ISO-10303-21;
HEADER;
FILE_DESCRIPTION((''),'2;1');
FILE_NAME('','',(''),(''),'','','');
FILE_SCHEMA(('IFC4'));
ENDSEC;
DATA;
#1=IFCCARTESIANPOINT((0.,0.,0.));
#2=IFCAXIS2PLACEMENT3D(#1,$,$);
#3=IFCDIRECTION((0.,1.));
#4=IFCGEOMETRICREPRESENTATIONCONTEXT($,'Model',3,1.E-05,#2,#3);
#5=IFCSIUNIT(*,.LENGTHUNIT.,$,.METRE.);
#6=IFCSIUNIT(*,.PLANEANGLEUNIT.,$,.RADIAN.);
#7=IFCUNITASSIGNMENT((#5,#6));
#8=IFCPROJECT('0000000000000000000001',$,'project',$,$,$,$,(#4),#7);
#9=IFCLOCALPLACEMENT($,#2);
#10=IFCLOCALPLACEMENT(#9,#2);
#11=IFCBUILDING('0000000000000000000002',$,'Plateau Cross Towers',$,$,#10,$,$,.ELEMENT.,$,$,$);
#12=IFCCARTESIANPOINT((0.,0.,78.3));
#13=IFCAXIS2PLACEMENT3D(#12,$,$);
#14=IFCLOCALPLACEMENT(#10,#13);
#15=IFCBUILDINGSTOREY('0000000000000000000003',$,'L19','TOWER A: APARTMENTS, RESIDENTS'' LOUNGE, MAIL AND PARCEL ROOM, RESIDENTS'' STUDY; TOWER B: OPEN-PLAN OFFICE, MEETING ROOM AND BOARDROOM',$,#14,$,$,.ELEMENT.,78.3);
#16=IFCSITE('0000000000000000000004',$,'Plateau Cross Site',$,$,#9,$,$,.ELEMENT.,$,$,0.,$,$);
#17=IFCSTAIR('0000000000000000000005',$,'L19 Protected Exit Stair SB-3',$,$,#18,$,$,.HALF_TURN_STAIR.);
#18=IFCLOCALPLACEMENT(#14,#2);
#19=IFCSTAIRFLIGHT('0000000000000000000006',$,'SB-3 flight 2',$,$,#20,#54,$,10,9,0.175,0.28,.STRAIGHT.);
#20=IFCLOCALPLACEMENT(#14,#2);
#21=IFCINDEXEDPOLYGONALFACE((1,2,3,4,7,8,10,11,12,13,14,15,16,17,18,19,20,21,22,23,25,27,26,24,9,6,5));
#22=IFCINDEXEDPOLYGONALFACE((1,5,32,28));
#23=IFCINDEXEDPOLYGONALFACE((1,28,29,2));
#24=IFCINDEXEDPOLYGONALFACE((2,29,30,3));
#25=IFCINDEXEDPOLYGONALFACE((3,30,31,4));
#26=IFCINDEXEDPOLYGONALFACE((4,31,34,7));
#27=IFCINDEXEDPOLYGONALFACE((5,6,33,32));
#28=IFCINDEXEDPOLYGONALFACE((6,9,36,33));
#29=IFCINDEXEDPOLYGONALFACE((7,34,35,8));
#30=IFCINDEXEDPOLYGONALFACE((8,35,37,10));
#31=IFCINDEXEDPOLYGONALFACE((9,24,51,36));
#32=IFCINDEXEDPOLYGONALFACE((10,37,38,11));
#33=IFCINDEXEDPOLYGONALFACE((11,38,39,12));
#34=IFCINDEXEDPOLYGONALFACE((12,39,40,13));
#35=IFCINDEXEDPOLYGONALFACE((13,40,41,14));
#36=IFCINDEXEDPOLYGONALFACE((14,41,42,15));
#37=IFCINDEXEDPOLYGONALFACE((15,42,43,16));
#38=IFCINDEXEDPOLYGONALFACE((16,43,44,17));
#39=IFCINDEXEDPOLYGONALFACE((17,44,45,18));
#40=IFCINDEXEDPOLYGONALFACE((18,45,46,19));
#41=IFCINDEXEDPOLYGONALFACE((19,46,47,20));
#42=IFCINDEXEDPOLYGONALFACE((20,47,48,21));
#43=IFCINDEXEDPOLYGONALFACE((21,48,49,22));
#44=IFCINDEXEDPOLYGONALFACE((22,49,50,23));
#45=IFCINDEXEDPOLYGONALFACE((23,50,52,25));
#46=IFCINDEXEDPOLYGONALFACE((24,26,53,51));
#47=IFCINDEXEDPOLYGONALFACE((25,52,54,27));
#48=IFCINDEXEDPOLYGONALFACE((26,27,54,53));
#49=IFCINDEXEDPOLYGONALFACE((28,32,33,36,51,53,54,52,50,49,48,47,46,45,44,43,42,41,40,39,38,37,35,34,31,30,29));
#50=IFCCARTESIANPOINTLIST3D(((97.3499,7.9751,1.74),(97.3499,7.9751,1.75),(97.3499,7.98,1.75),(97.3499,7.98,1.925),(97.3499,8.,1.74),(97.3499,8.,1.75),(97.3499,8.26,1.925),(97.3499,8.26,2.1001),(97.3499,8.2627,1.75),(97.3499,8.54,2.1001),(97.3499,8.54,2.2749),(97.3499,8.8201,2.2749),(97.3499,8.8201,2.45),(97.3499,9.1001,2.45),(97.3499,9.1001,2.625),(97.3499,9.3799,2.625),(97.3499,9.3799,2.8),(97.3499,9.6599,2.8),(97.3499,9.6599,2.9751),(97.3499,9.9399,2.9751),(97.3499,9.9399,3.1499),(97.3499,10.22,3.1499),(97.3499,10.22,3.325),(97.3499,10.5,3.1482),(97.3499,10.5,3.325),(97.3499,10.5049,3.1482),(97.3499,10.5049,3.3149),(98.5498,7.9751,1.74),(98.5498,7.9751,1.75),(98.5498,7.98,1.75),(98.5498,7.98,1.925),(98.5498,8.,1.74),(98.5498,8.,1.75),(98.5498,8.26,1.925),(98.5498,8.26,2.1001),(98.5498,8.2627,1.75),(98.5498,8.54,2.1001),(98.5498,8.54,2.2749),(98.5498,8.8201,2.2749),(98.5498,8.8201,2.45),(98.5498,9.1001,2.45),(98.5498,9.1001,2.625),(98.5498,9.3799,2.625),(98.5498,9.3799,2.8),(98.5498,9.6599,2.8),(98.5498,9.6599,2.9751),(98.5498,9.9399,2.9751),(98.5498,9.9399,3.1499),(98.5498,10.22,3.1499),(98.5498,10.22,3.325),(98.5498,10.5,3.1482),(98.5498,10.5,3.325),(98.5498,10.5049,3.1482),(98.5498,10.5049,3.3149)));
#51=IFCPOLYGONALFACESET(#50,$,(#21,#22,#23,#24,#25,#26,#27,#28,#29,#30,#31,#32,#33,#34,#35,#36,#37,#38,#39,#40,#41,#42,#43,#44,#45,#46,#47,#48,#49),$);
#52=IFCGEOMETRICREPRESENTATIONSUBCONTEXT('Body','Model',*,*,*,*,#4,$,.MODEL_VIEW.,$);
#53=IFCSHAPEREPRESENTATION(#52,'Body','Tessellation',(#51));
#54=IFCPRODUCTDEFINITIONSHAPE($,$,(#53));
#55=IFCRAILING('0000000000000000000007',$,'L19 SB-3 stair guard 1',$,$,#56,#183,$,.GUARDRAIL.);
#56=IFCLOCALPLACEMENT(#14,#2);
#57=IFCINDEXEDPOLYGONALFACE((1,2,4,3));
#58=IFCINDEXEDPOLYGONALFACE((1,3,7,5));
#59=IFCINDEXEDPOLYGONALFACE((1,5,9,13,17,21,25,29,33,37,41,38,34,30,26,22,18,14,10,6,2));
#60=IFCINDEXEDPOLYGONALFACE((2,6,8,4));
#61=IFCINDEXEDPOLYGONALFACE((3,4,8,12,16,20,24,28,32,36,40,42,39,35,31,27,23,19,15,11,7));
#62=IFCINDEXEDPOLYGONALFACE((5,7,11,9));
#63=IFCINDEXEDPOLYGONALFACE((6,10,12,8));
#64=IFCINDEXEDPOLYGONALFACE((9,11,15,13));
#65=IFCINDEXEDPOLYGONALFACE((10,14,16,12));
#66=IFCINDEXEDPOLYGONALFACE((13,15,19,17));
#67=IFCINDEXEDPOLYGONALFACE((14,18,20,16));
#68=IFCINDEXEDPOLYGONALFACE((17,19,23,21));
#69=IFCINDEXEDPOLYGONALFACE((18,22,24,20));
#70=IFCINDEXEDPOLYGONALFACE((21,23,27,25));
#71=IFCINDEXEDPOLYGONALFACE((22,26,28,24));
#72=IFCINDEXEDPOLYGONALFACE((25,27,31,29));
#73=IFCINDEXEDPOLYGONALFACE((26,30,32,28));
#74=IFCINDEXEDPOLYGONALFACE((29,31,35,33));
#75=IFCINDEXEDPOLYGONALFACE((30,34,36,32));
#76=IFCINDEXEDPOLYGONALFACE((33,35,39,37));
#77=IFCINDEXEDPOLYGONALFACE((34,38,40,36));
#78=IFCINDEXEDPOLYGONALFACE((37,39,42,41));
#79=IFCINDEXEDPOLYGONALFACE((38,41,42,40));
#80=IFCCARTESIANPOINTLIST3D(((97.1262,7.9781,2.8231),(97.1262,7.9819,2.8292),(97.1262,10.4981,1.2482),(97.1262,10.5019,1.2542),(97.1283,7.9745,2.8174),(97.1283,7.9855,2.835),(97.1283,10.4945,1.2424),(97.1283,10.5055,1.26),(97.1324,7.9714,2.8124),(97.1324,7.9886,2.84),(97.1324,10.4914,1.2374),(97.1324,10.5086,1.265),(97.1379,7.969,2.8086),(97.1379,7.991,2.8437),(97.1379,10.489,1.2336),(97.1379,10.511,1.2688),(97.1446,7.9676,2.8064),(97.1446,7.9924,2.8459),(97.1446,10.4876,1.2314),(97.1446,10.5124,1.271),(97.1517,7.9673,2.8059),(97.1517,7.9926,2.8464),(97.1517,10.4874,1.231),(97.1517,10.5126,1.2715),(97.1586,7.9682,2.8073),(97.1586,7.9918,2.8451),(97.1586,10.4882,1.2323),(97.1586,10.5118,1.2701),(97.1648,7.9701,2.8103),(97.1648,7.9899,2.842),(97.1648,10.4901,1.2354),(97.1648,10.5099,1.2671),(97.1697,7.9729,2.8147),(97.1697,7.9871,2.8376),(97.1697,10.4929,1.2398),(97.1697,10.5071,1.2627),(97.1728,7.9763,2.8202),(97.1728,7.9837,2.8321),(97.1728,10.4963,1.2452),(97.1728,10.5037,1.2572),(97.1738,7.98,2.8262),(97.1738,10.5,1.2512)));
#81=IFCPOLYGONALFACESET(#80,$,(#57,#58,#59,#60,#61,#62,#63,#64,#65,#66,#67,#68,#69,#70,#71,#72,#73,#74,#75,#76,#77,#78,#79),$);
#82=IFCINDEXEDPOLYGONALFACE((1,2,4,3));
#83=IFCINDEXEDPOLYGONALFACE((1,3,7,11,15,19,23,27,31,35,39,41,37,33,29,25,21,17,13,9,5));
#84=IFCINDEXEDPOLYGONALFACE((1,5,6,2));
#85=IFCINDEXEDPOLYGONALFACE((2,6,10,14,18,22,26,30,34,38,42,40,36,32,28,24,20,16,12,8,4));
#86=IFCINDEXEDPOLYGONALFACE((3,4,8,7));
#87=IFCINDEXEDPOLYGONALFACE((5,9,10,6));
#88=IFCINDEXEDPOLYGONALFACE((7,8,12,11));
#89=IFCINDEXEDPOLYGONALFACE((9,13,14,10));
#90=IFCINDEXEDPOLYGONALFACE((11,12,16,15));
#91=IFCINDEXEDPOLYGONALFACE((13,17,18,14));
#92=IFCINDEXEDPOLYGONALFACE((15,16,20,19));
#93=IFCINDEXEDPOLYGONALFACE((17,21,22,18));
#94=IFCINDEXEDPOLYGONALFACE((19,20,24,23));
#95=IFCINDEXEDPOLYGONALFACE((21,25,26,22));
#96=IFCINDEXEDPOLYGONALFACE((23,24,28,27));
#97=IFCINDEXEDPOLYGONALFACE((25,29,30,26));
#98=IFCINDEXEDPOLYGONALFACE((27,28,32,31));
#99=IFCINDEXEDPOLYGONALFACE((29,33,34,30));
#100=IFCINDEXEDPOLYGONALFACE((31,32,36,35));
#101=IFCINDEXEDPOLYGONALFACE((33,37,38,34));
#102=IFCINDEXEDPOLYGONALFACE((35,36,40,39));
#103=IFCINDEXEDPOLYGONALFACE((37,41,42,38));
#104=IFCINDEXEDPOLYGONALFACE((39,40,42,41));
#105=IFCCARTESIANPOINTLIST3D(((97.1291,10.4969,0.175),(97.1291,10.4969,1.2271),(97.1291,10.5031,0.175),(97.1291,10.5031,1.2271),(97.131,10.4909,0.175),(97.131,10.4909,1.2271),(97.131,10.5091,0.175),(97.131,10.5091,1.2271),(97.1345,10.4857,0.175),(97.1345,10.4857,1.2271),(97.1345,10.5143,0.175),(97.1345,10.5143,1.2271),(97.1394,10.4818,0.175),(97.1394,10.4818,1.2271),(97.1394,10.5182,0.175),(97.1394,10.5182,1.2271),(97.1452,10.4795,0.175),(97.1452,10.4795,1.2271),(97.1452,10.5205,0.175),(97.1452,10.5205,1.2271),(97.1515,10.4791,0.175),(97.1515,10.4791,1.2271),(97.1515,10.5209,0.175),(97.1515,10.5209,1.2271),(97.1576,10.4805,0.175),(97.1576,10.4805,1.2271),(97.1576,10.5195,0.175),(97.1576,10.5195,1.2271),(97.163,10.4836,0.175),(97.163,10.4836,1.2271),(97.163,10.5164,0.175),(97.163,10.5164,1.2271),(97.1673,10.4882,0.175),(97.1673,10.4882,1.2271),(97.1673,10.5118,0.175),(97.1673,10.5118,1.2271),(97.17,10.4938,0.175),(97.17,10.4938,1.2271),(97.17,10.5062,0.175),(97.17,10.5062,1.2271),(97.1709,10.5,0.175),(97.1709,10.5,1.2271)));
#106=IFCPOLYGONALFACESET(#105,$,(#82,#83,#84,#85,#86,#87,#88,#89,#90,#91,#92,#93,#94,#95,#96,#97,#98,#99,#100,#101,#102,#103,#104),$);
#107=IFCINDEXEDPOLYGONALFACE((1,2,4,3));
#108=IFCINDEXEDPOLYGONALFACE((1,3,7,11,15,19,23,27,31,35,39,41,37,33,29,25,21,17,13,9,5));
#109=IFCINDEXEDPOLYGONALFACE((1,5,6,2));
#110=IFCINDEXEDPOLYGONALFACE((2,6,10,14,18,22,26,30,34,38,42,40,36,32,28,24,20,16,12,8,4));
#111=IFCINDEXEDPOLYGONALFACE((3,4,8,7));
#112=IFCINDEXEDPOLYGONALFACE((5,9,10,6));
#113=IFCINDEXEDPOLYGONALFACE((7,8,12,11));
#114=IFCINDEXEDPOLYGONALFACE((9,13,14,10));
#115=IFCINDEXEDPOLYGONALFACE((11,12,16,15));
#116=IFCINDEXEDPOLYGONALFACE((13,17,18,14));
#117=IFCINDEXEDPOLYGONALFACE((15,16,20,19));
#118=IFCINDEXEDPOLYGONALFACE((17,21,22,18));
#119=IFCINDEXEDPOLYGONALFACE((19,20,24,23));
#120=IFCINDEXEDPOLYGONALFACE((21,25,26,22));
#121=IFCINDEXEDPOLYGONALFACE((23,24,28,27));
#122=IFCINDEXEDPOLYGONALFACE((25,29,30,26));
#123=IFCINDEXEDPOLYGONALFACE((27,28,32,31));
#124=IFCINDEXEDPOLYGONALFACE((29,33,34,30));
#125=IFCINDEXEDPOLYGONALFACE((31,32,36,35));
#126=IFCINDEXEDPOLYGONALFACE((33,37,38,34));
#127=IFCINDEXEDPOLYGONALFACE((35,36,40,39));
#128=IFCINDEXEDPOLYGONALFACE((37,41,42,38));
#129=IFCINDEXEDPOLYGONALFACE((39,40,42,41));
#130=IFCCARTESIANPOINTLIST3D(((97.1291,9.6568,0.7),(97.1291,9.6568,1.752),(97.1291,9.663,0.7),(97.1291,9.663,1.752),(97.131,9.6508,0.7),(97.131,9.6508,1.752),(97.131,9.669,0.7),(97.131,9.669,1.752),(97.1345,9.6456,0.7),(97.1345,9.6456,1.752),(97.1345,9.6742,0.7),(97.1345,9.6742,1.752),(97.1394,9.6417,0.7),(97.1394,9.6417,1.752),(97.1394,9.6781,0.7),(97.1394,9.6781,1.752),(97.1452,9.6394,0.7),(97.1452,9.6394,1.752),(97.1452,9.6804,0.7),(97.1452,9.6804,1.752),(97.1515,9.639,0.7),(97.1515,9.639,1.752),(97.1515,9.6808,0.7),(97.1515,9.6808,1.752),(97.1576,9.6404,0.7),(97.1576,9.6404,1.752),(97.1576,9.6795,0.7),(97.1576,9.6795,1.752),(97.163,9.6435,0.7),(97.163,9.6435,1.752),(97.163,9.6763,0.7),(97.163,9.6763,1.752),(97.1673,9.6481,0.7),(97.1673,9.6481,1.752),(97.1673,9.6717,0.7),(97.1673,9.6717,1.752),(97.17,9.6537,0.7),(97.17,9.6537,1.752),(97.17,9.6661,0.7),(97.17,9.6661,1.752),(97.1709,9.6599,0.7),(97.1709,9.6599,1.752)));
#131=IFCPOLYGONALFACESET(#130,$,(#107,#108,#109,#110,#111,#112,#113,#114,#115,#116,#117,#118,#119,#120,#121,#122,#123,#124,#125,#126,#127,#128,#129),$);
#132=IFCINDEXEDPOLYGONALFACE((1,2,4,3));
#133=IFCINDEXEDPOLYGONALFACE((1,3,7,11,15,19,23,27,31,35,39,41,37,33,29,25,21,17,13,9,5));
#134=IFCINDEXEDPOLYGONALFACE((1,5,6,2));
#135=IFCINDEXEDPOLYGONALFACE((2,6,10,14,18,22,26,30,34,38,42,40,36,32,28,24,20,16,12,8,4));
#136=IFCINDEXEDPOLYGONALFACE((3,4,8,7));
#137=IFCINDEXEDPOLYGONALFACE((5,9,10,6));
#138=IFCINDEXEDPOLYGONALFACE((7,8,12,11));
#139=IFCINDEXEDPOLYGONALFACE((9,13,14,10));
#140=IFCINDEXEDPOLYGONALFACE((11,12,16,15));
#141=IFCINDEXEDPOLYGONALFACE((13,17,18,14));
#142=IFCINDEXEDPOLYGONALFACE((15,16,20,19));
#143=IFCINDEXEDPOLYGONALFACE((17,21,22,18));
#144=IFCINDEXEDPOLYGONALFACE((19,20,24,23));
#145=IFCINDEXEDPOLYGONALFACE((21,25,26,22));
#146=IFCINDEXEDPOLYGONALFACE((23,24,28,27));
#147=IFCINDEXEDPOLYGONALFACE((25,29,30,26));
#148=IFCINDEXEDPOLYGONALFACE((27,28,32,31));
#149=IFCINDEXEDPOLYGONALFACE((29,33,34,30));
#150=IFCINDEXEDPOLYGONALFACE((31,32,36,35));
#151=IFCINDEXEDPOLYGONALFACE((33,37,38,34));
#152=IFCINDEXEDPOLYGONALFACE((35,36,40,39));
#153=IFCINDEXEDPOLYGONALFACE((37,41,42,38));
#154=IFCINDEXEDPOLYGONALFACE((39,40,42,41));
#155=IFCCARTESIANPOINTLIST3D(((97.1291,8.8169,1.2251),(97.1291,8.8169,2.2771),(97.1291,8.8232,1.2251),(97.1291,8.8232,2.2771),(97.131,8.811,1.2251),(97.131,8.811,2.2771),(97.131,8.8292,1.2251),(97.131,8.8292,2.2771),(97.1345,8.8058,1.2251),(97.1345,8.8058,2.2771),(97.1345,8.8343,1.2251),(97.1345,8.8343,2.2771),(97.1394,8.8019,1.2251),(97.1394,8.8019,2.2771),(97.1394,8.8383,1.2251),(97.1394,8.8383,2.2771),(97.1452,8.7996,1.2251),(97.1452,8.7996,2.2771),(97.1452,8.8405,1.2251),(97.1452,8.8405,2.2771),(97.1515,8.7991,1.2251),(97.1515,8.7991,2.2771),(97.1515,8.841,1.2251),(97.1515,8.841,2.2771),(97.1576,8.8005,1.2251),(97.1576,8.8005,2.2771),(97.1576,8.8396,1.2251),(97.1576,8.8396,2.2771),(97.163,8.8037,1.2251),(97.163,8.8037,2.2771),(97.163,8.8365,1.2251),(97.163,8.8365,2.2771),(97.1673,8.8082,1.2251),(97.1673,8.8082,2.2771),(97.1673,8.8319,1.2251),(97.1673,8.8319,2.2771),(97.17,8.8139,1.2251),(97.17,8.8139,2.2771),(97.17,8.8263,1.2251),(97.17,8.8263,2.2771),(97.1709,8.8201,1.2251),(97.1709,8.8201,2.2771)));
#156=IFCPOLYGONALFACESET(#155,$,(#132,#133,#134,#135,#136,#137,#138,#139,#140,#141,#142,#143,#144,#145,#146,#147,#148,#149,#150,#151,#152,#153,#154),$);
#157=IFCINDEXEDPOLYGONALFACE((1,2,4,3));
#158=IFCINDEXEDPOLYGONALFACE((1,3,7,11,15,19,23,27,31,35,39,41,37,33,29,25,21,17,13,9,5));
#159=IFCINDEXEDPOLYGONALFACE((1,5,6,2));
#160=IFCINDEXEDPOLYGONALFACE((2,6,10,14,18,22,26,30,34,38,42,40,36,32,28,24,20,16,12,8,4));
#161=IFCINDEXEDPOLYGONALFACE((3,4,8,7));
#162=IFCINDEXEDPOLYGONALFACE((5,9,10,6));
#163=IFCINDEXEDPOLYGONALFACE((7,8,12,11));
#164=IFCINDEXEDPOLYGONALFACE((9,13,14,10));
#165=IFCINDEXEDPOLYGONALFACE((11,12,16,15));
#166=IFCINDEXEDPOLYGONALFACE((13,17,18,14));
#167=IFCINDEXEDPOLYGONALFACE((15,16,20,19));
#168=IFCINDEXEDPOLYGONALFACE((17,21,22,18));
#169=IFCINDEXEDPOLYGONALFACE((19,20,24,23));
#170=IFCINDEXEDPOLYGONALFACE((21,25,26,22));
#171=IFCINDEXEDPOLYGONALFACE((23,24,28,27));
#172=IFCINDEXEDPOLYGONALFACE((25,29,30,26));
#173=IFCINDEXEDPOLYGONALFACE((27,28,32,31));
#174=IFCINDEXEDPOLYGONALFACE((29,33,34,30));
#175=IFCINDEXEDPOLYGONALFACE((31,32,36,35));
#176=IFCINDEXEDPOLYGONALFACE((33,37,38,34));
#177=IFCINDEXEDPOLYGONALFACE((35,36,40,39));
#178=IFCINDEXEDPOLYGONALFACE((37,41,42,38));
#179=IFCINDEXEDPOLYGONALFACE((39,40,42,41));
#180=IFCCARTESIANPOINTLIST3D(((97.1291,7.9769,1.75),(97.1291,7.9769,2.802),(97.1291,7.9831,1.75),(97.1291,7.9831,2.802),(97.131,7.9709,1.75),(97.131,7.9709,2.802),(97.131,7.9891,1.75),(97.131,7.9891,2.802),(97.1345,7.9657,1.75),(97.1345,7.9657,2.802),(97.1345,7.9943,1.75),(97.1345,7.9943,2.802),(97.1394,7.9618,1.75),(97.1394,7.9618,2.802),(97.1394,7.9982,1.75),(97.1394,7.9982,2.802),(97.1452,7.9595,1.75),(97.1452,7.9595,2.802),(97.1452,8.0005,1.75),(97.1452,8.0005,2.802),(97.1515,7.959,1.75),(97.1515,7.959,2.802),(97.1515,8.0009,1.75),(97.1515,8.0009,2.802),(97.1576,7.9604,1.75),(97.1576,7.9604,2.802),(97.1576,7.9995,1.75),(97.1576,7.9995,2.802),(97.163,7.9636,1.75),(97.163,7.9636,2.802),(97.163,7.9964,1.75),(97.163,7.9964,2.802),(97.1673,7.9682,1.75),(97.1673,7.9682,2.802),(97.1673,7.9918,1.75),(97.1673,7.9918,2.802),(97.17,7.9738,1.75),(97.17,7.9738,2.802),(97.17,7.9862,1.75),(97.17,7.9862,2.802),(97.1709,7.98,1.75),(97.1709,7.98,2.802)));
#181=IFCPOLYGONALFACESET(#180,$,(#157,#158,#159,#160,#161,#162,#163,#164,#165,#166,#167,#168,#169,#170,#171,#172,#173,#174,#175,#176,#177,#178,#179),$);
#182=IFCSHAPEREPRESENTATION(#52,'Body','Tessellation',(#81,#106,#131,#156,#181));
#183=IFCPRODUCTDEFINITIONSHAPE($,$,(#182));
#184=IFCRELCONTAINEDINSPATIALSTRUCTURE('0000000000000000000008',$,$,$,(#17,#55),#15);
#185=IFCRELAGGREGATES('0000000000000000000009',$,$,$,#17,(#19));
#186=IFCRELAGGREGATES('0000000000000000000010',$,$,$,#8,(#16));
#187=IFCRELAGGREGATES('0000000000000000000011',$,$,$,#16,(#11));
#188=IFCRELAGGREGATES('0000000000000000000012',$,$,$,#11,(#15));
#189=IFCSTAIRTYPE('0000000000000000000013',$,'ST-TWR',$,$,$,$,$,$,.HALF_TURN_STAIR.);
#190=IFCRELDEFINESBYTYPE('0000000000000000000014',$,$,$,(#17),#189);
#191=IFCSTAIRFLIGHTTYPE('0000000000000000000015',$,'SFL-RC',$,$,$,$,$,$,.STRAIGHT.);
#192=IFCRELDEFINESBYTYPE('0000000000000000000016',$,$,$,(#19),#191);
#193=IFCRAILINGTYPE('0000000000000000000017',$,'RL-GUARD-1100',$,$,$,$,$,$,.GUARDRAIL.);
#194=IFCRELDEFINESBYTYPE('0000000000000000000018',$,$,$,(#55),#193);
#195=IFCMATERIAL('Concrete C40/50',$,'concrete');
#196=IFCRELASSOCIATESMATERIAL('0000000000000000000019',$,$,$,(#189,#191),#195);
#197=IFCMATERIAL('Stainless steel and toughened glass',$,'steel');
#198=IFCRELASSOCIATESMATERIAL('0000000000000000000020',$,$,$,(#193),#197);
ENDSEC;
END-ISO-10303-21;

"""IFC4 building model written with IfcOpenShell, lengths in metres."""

from ifc_helpers import new_model, si_unit, direction, frame, origin, origin_2d, place, context, subcontext, project, spatial, polyline, circle, outline, extrude, material, type_object, element, aggregate, save


model = new_model("IFC4")

# Units and contexts
model_context = context("Model", 3, precision=1e-05, world=origin(), true_north=direction((0.0, 1.0)))
body_context = subcontext(model_context, "Body", "Model", "MODEL_VIEW")
ifc_project = project(units=[si_unit("LENGTHUNIT", "METRE"), si_unit("PLANEANGLEUNIT", "RADIAN")], contexts=[model_context])

# Site, building, storey
site_placement = place(None, origin())
site = spatial("IfcSite", under=ifc_project, at=site_placement, Name="Plateau Cross Site", CompositionType="ELEMENT", RefElevation=0.0)
building_placement = place(site_placement, origin())
building = spatial("IfcBuilding", under=site, at=building_placement, Name="Plateau Cross Towers", CompositionType="ELEMENT")
storey_placement = place(building_placement, frame((0.0, 0.0, 78.3)))
storey = spatial("IfcBuildingStorey", under=building, at=storey_placement, Name="L19", Description="TOWER A: APARTMENTS, RESIDENTS' LOUNGE, MAIL AND PARCEL ROOM, RESIDENTS' STUDY; TOWER B: OPEN-PLAN OFFICE, MEETING ROOM AND BOARDROOM", CompositionType="ELEMENT", Elevation=78.3)

# Stair, stair flight
ifc_material_1 = material(Name="Concrete C40/50", Category="concrete")
stair_type = type_object("IfcStairType", Name="ST-TWR", PredefinedType="HALF_TURN_STAIR", material=ifc_material_1)
stair_placement = place(storey_placement, origin())
stair = element("IfcStair", 1, at=stair_placement, inside=storey, type_object=stair_type, Name="L19 Protected Exit Stair SB-3", PredefinedType="HALF_TURN_STAIR")
stair_flight_type = type_object("IfcStairFlightType", Name="SFL-RC", PredefinedType="STRAIGHT", material=ifc_material_1)
stair_flight_1_placement = place(storey_placement, frame((97.95, 7.98, 1.75), z_axis=(0.0, 0.0, 1.0), x_axis=(0.0, 1.0, 0.0)))
stair_flight_1 = element("IfcStairFlight", 2, at=stair_flight_1_placement, type_object=stair_flight_type, Name="SB-3 flight 2", NumberOfRisers=10, NumberOfTreads=9, PredefinedType="STRAIGHT", RiserHeight=0.175, TreadLength=0.28, context=body_context, shape_type="SweptSolid", body=[
    extrude(outline(polyline([(-0.0049, -0.01), (-0.0049, 0.0), (0.0, 0.0), (0.0, 0.175), (0.28, 0.175), (0.28, 0.3501), (0.5601, 0.3501), (0.5601, 0.5249), (0.8401, 0.5249), (0.8401, 0.7), (1.1201, 0.7), (1.1201, 0.875), (1.3999, 0.875), (1.3999, 1.05), (1.6799, 1.05), (1.6799, 1.2251), (1.96, 1.2251), (1.96, 1.3999), (2.24, 1.3999), (2.24, 1.575), (2.52, 1.575), (2.5249, 1.5649), (2.5249, 1.3982), (2.52, 1.3982), (0.2827, 0.0), (0.02, 0.0), (0.02, -0.01), (-0.0049, -0.01)])), frame((0.0, 0.6001, 0.0), z_axis=(0.0, -1.0, 0.0), x_axis=(1.0, 0.0, 0.0)), (0.0, 0.0, 1.0), 1.2),
])
aggregate(stair, [stair_flight_1])

# Railing
ifc_material_2 = material(Name="Stainless steel and toughened glass", Category="steel")
railing_type_1 = type_object("IfcRailingType", Name="RL-GUARD-1100", PredefinedType="GUARDRAIL", material=ifc_material_2)
railing_1_placement = place(storey_placement, frame((97.1499, 10.5, 0.175)))
element("IfcRailing", 3, at=railing_1_placement, inside=storey, type_object=railing_type_1, Name="L19 SB-3 stair guard 1", PredefinedType="GUARDRAIL", context=body_context, shape_type="SweptSolid", body=[
    extrude(circle(Radius=0.0239, at=origin_2d()), frame((0.0, 0.0, 1.0762), z_axis=(0.0, -0.848008, 0.529984), x_axis=(1.0, 0.0, 0.0)), (0.0, 0.0, 1.0), 2.9717),
    extrude(circle(Radius=0.021, at=origin_2d()), origin(), (0.0, 0.0, 1.0), 1.052),
    extrude(circle(Radius=0.021, at=origin_2d()), frame((0.0, -0.8401, 0.5249)), (0.0, 0.0, 1.0), 1.052),
    extrude(circle(Radius=0.021, at=origin_2d()), frame((0.0, -1.6799, 1.05)), (0.0, 0.0, 1.0), 1.052),
    extrude(circle(Radius=0.021, at=origin_2d()), frame((0.0, -2.52, 1.575)), (0.0, 0.0, 1.0), 1.052),
])

save(model, "model.ifc")
